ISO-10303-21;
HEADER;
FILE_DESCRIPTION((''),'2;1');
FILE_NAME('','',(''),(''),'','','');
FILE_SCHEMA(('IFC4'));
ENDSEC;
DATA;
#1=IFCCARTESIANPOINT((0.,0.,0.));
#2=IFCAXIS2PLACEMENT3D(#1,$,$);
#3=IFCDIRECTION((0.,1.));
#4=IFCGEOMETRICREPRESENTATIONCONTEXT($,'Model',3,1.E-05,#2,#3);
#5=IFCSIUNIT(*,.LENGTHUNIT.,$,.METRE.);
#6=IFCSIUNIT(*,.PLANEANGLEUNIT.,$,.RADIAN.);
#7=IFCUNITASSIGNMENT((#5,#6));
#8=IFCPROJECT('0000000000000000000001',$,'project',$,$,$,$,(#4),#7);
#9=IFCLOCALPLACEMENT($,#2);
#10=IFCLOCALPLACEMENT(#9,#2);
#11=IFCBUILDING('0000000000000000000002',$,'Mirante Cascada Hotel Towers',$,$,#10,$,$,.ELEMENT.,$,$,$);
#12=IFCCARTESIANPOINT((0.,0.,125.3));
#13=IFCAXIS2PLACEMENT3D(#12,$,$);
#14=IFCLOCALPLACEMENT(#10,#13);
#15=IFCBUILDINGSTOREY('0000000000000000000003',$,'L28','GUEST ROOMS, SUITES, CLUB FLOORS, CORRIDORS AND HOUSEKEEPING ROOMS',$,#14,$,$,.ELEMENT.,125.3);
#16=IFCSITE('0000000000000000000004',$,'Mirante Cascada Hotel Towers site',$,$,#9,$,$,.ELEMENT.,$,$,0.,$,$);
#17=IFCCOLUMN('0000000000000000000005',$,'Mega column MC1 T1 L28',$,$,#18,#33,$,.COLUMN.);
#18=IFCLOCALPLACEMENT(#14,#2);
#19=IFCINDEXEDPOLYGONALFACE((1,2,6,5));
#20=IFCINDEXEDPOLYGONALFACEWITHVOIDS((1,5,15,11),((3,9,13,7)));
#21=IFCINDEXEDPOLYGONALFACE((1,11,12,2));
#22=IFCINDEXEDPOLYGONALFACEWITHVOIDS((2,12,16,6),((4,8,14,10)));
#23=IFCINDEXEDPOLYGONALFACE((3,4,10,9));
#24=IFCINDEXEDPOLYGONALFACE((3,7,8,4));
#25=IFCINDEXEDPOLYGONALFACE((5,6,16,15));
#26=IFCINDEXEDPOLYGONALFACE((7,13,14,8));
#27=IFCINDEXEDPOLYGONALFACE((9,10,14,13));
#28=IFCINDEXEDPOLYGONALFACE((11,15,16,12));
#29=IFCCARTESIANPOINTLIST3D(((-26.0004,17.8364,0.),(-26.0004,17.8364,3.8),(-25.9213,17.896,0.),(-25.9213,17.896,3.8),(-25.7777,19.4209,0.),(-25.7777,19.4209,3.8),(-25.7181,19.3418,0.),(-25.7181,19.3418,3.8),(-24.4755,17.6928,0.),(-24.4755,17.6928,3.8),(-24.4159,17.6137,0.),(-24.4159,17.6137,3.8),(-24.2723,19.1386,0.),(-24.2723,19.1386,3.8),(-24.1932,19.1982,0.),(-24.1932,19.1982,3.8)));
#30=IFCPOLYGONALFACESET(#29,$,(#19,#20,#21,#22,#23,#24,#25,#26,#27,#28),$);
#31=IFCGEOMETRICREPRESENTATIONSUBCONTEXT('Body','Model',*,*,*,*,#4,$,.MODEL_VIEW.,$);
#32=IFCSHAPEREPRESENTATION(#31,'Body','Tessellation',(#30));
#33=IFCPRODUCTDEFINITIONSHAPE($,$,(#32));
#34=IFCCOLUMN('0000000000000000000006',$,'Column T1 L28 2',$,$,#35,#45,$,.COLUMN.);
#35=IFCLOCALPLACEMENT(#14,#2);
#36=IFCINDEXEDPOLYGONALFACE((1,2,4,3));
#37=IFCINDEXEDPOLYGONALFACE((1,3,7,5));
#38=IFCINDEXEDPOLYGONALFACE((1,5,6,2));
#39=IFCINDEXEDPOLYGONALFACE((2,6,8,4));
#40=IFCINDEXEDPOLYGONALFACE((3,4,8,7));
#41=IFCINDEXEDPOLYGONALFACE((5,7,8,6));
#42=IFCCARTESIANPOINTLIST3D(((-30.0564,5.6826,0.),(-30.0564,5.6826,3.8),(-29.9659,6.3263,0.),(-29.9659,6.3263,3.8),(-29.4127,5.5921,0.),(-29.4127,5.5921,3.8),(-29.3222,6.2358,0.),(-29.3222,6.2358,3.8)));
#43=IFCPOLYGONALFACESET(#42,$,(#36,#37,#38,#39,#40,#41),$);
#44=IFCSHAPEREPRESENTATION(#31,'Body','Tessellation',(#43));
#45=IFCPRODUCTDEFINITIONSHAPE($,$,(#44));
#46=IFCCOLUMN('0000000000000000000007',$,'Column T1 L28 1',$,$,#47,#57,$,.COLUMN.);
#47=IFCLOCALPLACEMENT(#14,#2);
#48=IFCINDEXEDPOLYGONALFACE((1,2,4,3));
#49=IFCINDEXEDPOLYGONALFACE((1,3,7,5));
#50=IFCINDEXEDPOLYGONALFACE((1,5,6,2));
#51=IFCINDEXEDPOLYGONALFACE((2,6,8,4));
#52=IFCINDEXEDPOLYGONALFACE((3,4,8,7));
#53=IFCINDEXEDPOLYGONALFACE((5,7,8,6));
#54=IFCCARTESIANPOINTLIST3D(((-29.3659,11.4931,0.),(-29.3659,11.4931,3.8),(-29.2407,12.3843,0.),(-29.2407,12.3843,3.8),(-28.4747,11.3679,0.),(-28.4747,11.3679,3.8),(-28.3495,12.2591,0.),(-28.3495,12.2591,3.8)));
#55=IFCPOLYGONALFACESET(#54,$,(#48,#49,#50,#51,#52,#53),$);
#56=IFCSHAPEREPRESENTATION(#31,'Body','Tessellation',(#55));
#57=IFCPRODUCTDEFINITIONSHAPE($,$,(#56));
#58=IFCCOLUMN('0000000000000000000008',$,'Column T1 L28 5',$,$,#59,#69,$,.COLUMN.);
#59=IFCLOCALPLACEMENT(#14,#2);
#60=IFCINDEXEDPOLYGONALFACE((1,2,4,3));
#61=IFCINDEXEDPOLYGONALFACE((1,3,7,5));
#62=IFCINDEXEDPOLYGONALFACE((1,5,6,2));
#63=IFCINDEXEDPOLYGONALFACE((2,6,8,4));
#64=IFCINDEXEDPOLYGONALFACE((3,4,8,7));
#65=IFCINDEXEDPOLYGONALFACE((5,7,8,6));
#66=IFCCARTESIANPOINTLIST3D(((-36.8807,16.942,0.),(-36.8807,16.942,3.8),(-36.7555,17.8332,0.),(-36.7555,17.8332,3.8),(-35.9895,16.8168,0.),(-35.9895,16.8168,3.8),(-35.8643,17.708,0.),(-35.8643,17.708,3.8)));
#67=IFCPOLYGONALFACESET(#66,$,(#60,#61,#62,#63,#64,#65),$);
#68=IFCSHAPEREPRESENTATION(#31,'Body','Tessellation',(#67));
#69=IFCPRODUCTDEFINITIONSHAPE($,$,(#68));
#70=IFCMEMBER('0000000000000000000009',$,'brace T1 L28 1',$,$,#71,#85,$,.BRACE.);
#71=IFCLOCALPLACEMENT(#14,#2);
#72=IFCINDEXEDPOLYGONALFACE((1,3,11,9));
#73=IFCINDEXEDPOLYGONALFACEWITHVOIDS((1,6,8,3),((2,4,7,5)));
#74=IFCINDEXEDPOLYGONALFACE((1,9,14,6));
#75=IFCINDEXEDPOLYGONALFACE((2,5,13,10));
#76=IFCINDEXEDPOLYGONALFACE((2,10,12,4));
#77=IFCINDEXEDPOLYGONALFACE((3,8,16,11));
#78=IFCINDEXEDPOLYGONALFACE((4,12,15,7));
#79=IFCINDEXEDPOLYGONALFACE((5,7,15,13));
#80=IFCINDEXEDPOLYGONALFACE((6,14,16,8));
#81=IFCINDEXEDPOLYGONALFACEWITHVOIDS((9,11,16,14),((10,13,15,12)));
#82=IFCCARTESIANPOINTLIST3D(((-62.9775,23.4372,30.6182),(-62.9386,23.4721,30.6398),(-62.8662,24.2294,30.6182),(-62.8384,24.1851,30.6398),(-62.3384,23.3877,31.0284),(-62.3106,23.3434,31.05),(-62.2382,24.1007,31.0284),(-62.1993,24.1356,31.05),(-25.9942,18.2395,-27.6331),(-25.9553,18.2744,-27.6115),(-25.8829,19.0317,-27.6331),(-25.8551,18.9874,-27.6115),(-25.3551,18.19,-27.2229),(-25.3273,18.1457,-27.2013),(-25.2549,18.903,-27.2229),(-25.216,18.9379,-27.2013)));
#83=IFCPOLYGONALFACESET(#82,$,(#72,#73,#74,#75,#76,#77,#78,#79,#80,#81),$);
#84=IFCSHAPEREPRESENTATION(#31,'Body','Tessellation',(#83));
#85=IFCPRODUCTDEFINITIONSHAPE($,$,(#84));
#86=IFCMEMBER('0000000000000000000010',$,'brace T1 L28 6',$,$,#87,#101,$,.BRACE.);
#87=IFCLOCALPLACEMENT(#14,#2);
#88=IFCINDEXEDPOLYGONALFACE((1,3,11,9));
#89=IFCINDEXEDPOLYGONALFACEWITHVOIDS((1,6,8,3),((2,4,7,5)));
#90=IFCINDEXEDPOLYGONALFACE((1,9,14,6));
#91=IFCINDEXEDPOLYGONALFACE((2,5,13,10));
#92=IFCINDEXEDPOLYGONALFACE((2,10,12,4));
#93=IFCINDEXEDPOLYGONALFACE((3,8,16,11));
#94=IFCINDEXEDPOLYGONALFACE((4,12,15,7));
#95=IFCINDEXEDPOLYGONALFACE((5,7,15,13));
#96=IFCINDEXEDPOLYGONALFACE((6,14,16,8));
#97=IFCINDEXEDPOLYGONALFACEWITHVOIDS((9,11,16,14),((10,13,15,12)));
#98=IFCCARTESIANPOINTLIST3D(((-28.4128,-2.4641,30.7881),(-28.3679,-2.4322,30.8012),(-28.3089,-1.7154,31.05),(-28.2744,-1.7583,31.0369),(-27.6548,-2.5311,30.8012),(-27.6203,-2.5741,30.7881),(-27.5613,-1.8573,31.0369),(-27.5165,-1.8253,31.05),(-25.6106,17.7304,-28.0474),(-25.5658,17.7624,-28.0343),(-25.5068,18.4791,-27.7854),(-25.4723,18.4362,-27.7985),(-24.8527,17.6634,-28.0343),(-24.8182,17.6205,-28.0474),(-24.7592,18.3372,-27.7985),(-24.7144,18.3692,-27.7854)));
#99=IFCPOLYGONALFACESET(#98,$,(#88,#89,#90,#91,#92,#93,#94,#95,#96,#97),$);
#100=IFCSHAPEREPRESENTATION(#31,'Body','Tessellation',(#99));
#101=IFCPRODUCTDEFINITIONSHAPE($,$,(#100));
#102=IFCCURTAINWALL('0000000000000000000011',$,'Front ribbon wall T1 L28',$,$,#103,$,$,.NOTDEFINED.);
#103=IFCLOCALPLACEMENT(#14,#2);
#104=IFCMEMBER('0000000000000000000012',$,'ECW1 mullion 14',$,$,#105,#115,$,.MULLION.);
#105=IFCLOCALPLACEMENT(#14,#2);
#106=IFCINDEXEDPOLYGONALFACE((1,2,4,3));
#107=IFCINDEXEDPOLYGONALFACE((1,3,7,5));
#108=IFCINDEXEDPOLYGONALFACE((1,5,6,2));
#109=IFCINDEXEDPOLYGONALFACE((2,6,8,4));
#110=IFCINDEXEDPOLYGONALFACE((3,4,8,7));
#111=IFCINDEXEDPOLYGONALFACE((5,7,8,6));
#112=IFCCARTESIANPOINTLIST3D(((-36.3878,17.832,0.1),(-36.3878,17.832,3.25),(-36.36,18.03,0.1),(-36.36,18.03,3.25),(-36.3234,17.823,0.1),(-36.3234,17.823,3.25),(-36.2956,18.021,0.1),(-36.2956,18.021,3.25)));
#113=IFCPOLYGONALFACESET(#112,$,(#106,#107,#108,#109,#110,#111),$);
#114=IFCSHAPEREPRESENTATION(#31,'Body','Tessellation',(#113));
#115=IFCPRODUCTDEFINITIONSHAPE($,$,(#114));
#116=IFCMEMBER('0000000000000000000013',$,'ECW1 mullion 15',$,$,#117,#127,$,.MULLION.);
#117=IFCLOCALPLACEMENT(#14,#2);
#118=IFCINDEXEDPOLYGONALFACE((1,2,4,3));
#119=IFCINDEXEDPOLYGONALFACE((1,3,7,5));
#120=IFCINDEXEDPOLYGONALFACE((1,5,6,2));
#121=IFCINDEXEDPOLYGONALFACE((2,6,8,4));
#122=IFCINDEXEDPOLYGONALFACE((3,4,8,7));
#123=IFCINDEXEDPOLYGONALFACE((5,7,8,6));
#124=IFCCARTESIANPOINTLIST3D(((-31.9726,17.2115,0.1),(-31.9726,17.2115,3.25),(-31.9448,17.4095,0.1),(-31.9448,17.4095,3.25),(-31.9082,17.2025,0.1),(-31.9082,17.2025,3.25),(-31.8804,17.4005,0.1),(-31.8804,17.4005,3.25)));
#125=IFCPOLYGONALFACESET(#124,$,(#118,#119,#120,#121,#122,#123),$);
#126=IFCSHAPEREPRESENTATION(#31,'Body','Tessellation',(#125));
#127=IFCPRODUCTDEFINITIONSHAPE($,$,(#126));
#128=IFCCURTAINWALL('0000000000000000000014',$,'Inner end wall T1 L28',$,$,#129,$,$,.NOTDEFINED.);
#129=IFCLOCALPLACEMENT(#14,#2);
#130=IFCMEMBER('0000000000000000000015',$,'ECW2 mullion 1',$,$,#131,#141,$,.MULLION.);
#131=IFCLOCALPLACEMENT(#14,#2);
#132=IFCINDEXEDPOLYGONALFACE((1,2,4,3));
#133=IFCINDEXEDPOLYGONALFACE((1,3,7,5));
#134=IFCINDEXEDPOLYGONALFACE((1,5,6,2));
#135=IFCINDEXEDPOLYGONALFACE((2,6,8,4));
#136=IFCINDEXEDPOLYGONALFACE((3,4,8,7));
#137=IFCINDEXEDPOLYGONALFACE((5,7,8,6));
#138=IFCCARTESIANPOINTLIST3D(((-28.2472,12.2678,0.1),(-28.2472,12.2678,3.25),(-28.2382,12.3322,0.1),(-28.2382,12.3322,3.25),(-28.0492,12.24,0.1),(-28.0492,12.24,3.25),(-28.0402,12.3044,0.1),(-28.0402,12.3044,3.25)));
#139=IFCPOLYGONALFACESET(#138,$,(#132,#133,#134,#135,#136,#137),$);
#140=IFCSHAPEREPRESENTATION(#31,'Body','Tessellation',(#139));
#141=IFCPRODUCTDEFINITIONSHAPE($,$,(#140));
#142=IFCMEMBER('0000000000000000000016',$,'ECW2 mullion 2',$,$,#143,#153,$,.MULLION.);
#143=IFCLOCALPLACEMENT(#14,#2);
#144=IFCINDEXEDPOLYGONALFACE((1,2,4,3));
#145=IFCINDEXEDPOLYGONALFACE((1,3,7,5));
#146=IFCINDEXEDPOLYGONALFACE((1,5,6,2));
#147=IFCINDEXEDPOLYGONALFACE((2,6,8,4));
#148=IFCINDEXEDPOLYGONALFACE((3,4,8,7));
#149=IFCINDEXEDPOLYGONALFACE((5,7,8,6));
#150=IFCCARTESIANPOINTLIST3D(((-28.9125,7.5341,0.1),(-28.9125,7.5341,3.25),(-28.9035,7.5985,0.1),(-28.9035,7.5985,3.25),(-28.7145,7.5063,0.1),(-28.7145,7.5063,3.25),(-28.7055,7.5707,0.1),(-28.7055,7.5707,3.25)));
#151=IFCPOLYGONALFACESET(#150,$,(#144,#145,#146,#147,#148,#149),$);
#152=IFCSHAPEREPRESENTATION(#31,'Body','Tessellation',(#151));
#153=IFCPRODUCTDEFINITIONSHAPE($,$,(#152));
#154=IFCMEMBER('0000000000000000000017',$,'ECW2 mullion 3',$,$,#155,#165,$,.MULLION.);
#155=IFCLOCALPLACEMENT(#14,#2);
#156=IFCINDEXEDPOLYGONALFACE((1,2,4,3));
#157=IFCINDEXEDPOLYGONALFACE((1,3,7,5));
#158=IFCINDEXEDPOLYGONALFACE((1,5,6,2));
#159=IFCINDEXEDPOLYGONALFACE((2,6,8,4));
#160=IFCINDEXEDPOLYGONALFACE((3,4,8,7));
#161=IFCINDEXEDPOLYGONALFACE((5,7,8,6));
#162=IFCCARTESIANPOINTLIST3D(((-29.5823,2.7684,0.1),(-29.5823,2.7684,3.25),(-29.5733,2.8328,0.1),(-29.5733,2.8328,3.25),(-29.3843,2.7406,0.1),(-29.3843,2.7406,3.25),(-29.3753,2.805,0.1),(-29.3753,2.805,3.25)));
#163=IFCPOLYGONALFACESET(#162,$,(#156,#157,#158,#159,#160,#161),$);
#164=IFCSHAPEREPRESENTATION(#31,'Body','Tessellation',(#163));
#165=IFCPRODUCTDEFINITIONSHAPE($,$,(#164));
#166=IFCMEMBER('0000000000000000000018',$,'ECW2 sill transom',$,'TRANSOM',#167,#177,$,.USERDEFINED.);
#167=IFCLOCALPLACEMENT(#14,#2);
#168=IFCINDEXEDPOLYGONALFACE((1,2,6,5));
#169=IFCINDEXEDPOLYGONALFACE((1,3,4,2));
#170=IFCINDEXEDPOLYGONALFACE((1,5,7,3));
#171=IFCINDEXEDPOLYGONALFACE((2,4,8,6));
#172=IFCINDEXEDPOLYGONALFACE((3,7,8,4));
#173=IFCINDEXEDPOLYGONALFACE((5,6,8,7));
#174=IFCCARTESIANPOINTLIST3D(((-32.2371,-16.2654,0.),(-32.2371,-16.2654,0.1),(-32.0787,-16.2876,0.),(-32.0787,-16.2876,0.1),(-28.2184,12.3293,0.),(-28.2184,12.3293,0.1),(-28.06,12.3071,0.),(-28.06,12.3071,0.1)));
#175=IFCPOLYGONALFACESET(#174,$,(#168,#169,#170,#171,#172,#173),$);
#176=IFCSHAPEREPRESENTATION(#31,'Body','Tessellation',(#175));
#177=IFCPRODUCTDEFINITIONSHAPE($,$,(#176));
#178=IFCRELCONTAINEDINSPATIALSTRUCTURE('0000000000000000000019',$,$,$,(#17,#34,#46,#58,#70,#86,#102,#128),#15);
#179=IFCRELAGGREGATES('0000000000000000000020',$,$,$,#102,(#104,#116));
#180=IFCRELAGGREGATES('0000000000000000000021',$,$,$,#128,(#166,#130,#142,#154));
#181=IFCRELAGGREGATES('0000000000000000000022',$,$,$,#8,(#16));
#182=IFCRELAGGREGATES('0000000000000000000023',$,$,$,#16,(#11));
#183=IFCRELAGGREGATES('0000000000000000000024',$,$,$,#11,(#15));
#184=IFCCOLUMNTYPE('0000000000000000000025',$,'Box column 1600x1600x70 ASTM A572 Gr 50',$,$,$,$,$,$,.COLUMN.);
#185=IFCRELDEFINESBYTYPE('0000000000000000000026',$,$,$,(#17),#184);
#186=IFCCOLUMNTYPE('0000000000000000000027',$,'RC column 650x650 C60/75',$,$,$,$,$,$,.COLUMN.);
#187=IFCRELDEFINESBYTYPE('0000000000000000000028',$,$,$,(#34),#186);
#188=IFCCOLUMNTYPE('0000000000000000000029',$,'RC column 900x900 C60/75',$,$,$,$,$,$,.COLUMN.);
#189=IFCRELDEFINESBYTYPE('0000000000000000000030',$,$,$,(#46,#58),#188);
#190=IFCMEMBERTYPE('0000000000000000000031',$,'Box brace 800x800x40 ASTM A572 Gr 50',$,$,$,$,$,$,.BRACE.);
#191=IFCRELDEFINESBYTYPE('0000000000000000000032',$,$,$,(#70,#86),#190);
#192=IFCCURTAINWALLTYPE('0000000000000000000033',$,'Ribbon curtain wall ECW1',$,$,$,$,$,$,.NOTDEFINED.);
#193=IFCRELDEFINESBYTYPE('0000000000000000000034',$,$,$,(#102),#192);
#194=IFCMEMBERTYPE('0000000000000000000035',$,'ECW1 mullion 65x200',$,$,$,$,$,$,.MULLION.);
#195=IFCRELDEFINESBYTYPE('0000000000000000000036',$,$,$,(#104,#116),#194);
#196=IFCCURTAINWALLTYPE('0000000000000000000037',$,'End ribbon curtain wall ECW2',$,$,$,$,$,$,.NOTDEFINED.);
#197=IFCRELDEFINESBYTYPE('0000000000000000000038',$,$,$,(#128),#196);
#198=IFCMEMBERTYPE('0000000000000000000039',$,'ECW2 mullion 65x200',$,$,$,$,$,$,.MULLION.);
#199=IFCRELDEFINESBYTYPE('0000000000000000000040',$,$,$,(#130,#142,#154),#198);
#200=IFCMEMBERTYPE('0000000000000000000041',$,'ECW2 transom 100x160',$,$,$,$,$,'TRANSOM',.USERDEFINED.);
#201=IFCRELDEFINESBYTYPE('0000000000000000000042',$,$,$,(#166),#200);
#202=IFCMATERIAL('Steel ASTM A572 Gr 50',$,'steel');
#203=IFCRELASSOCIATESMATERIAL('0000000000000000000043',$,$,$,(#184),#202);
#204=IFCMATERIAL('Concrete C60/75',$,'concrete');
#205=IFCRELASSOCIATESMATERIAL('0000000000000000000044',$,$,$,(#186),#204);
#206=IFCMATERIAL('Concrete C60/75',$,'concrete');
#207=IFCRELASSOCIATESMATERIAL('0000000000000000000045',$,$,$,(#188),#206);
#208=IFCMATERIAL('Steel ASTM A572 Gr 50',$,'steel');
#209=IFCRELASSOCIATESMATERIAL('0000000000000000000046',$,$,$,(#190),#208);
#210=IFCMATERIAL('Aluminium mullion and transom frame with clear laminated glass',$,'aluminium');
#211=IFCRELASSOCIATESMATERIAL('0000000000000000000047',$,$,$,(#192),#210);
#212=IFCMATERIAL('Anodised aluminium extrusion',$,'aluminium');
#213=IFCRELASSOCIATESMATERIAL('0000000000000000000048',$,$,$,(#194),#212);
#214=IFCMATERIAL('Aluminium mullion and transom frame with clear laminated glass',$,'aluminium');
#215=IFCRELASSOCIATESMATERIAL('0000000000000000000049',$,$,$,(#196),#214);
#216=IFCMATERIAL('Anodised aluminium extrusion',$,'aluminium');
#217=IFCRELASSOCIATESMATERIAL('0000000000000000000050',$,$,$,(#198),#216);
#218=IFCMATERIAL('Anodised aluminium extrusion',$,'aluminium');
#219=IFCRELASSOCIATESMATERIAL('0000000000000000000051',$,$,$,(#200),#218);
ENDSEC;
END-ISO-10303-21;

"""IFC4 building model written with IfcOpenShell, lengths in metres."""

from ifc_helpers import new_model, si_unit, direction, frame, origin, origin_2d, place, context, subcontext, project, spatial, rectangle, hollow_rectangle, extrude, material, material_profile, profile_set, type_object, element, aggregate, save


model = new_model("IFC4")

# Units and contexts
model_context = context("Model", 3, precision=1e-05, world=origin(), true_north=direction((0.0, 1.0)))
body_context = subcontext(model_context, "Body", "Model", "MODEL_VIEW")
ifc_project = project(units=[si_unit("LENGTHUNIT", "METRE"), si_unit("PLANEANGLEUNIT", "RADIAN")], contexts=[model_context])

# Site, building, storey
site_placement = place(None, origin())
site = spatial("IfcSite", under=ifc_project, at=site_placement, Name="Mirante Cascada Hotel Towers site", CompositionType="ELEMENT", RefElevation=0.0)
building_placement = place(site_placement, origin())
building = spatial("IfcBuilding", under=site, at=building_placement, Name="Mirante Cascada Hotel Towers", CompositionType="ELEMENT")
storey_placement = place(building_placement, frame((0.0, 0.0, 125.3)))
storey = spatial("IfcBuildingStorey", under=building, at=storey_placement, Name="L28", Description="GUEST ROOMS, SUITES, CLUB FLOORS, CORRIDORS AND HOUSEKEEPING ROOMS", CompositionType="ELEMENT", Elevation=125.3)

# Columns
ifc_material_1 = material(Name="Steel ASTM A572 Gr 50", Category="steel")
ifc_material_profile_1 = material_profile(ifc_material_1, hollow_rectangle(XDim=1.6, YDim=1.6, WallThickness=0.07, at=origin_2d()), Name="Box column 1600x1600x70 ASTM A572 Gr 50")
ifc_profile_set_1 = profile_set([ifc_material_profile_1], Name="Steel ASTM A572 Gr 50")
column_type_1 = type_object("IfcColumnType", Name="Box column 1600x1600x70 ASTM A572 Gr 50", PredefinedType="COLUMN", material=ifc_profile_set_1)
column_1_placement = place(storey_placement, frame((-25.0968, 18.5173, 0.0), z_axis=(0.0, 0.0, 1.0), x_axis=(-0.990268, 0.139173, 0.0)))
element("IfcColumn", 1, at=column_1_placement, inside=storey, type_object=column_type_1, Name="Mega column MC1 T1 L28", PredefinedType="COLUMN", context=body_context, shape_type="SweptSolid", body=[
    extrude(hollow_rectangle(XDim=1.6, YDim=1.6, WallThickness=0.07, at=origin_2d()), origin(), (0.0, 0.0, 1.0), 3.8),
])
ifc_material_2 = material(Name="Concrete C60/75", Category="concrete")
ifc_material_profile_2 = material_profile(ifc_material_2, rectangle(XDim=0.65, YDim=0.65, at=origin_2d()), Name="RC column 650x650 C60/75")
ifc_profile_set_2 = profile_set([ifc_material_profile_2], Name="Concrete C60/75")
column_type_2 = type_object("IfcColumnType", Name="RC column 650x650 C60/75", PredefinedType="COLUMN", material=ifc_profile_set_2)
column_2_placement = place(storey_placement, frame((-29.6893, 5.9592, 0.0), z_axis=(0.0, 0.0, 1.0), x_axis=(-0.990268, 0.139173, 0.0)))
element("IfcColumn", 2, at=column_2_placement, inside=storey, type_object=column_type_2, Name="Column T1 L28 2", PredefinedType="COLUMN", context=body_context, shape_type="SweptSolid", body=[
    extrude(rectangle(XDim=0.65, YDim=0.65, at=origin_2d()), origin(), (0.0, 0.0, 1.0), 3.8),
])
ifc_material_3 = material(Name="Concrete C60/75", Category="concrete")
ifc_material_profile_3 = material_profile(ifc_material_3, rectangle(XDim=0.9, YDim=0.9, at=origin_2d()), Name="RC column 900x900 C60/75")
ifc_profile_set_3 = profile_set([ifc_material_profile_3], Name="Concrete C60/75")
column_type_3 = type_object("IfcColumnType", Name="RC column 900x900 C60/75", PredefinedType="COLUMN", material=ifc_profile_set_3)
for number, where, z_axis, x_axis, name in (
    (3, (-28.8577, 11.8761, 0.0), (0.0, 0.0, 1.0), (-0.990268, 0.139173, 0.0), "Column T1 L28 1"),
    (4, (-36.3725, 17.325, 0.0), (0.0, 0.0, 1.0), (-0.990268, 0.139173, 0.0), "Column T1 L28 5"),
):
    element("IfcColumn", number, at=place(storey_placement, frame(where, z_axis=z_axis, x_axis=x_axis)), inside=storey, type_object=column_type_3, Name=name, PredefinedType="COLUMN", context=body_context, shape_type="SweptSolid", body=[
        extrude(rectangle(XDim=0.9, YDim=0.9, at=origin_2d()), origin(), (0.0, 0.0, 1.0), 3.8),
    ])

# Members
ifc_material_4 = material(Name="Steel ASTM A572 Gr 50", Category="steel")
ifc_material_profile_4 = material_profile(ifc_material_4, hollow_rectangle(XDim=0.8, YDim=0.8, WallThickness=0.04, at=origin_2d()), Name="Box brace 800x800x40 ASTM A572 Gr 50")
ifc_profile_set_4 = profile_set([ifc_material_profile_4], Name="Steel ASTM A572 Gr 50")
member_type_1 = type_object("IfcMemberType", Name="Box brace 800x800x40 ASTM A572 Gr 50", PredefinedType="BRACE", material=ifc_profile_set_4)
member_1_placement = place(storey_placement, frame((-25.6051, 18.5887, -27.4172), z_axis=(-0.534477, 0.075116, 0.841839), x_axis=(-0.139174, -0.990268, 0.0)))
element("IfcMember", 5, at=member_1_placement, inside=storey, type_object=member_type_1, Name="brace T1 L28 1", PredefinedType="BRACE", context=body_context, shape_type="SweptSolid", body=[
    extrude(hollow_rectangle(XDim=0.8, YDim=0.8, WallThickness=0.04, at=origin_2d()), origin(), (0.0, 0.0, 1.0), 69.1953),
])
member_2_placement = place(storey_placement, frame((-25.1625, 18.0498, -27.9164), z_axis=(-0.045001, -0.324317, 0.944877), x_axis=(0.99051, -0.137439, 0.0)))
element("IfcMember", 6, at=member_2_placement, inside=storey, type_object=member_type_1, Name="brace T1 L28 6", PredefinedType="BRACE", context=body_context, shape_type="SweptSolid", body=[
    extrude(hollow_rectangle(XDim=0.8, YDim=0.8, WallThickness=0.04, at=origin_2d()), origin(), (0.0, 0.0, 1.0), 62.2678),
])

# Curtain walls, members
ifc_material_5 = material(Name="Aluminium mullion and transom frame with clear laminated glass", Category="aluminium")
curtain_wall_type_1 = type_object("IfcCurtainWallType", Name="Ribbon curtain wall ECW1", PredefinedType="NOTDEFINED", material=ifc_material_5)
curtain_wall_1_placement = place(storey_placement, origin())
curtain_wall_1 = element("IfcCurtainWall", 7, at=curtain_wall_1_placement, inside=storey, type_object=curtain_wall_type_1, Name="Front ribbon wall T1 L28", PredefinedType="NOTDEFINED")
ifc_material_6 = material(Name="Anodised aluminium extrusion", Category="aluminium")
ifc_material_profile_5 = material_profile(ifc_material_6, rectangle(XDim=0.2, YDim=0.065, at=origin_2d()), Name="ECW1 MULLION 65x200")
ifc_profile_set_5 = profile_set([ifc_material_profile_5], Name="Anodised aluminium extrusion")
member_type_2 = type_object("IfcMemberType", Name="ECW1 mullion 65x200", PredefinedType="MULLION", material=ifc_profile_set_5)
member_3_placement = place(storey_placement, frame((-36.3417, 17.9265, 0.1), z_axis=(0.0, 0.0, 1.0), x_axis=(0.139173, 0.990268, 0.0)))
member_3 = element("IfcMember", 8, at=member_3_placement, type_object=member_type_2, Name="ECW1 mullion 14", PredefinedType="MULLION", context=body_context, shape_type="SweptSolid", body=[
    extrude(rectangle(XDim=0.2, YDim=0.065, at=origin_2d()), origin(), (0.0, 0.0, 1.0), 3.15),
])
member_4_placement = place(storey_placement, frame((-31.9265, 17.306, 0.1), z_axis=(0.0, 0.0, 1.0), x_axis=(0.139173, 0.990268, 0.0)))
member_4 = element("IfcMember", 9, at=member_4_placement, type_object=member_type_2, Name="ECW1 mullion 15", PredefinedType="MULLION", context=body_context, shape_type="SweptSolid", body=[
    extrude(rectangle(XDim=0.2, YDim=0.065, at=origin_2d()), origin(), (0.0, 0.0, 1.0), 3.15),
])
ifc_material_7 = material(Name="Aluminium mullion and transom frame with clear laminated glass", Category="aluminium")
curtain_wall_type_2 = type_object("IfcCurtainWallType", Name="End ribbon curtain wall ECW2", PredefinedType="NOTDEFINED", material=ifc_material_7)
curtain_wall_2_placement = place(storey_placement, origin())
curtain_wall_2 = element("IfcCurtainWall", 10, at=curtain_wall_2_placement, inside=storey, type_object=curtain_wall_type_2, Name="Inner end wall T1 L28", PredefinedType="NOTDEFINED")
ifc_material_8 = material(Name="Anodised aluminium extrusion", Category="aluminium")
ifc_material_profile_6 = material_profile(ifc_material_8, rectangle(XDim=0.2, YDim=0.065, at=origin_2d()), Name="ECW2 MULLION 65x200")
ifc_profile_set_6 = profile_set([ifc_material_profile_6], Name="Anodised aluminium extrusion")
member_type_3 = type_object("IfcMemberType", Name="ECW2 mullion 65x200", PredefinedType="MULLION", material=ifc_profile_set_6)
member_5_placement = place(storey_placement, frame((-28.1437, 12.2861, 0.1), z_axis=(0.0, 0.0, 1.0), x_axis=(0.990268, -0.139173, 0.0)))
member_5 = element("IfcMember", 11, at=member_5_placement, type_object=member_type_3, Name="ECW2 mullion 1", PredefinedType="MULLION", context=body_context, shape_type="SweptSolid", body=[
    extrude(rectangle(XDim=0.2, YDim=0.065, at=origin_2d()), origin(), (0.0, 0.0, 1.0), 3.15),
])
member_6_placement = place(storey_placement, frame((-28.809, 7.5524, 0.1), z_axis=(0.0, 0.0, 1.0), x_axis=(0.990268, -0.139173, 0.0)))
member_6 = element("IfcMember", 12, at=member_6_placement, type_object=member_type_3, Name="ECW2 mullion 2", PredefinedType="MULLION", context=body_context, shape_type="SweptSolid", body=[
    extrude(rectangle(XDim=0.2, YDim=0.065, at=origin_2d()), origin(), (0.0, 0.0, 1.0), 3.15),
])
member_7_placement = place(storey_placement, frame((-29.4788, 2.7867, 0.1), z_axis=(0.0, 0.0, 1.0), x_axis=(0.990268, -0.139173, 0.0)))
member_7 = element("IfcMember", 13, at=member_7_placement, type_object=member_type_3, Name="ECW2 mullion 3", PredefinedType="MULLION", context=body_context, shape_type="SweptSolid", body=[
    extrude(rectangle(XDim=0.2, YDim=0.065, at=origin_2d()), origin(), (0.0, 0.0, 1.0), 3.15),
])
ifc_material_9 = material(Name="Anodised aluminium extrusion", Category="aluminium")
ifc_material_profile_7 = material_profile(ifc_material_9, rectangle(XDim=0.16, YDim=0.1, at=origin_2d()), Name="ECW2 TRANSOM 100x160")
ifc_profile_set_7 = profile_set([ifc_material_profile_7], Name="Anodised aluminium extrusion")
member_type_4 = type_object("IfcMemberType", Name="ECW2 transom 100x160", ElementType="TRANSOM", PredefinedType="USERDEFINED", material=ifc_profile_set_7)
member_8_placement = place(storey_placement, frame((-28.1392, 12.3182, 0.05), z_axis=(-0.139172, -0.990268, 0.0), x_axis=(0.990268, -0.139172, 0.0)))
member_8 = element("IfcMember", 14, at=member_8_placement, type_object=member_type_4, Name="ECW2 sill transom", ObjectType="TRANSOM", PredefinedType="USERDEFINED", context=body_context, shape_type="SweptSolid", body=[
    extrude(rectangle(XDim=0.16, YDim=0.1, at=origin_2d()), origin(), (0.0, 0.0, 1.0), 28.8757),
])

aggregate(curtain_wall_1, [member_3, member_4])
aggregate(curtain_wall_2, [member_8, member_5, member_6, member_7])

save(model, "model.ifc")
